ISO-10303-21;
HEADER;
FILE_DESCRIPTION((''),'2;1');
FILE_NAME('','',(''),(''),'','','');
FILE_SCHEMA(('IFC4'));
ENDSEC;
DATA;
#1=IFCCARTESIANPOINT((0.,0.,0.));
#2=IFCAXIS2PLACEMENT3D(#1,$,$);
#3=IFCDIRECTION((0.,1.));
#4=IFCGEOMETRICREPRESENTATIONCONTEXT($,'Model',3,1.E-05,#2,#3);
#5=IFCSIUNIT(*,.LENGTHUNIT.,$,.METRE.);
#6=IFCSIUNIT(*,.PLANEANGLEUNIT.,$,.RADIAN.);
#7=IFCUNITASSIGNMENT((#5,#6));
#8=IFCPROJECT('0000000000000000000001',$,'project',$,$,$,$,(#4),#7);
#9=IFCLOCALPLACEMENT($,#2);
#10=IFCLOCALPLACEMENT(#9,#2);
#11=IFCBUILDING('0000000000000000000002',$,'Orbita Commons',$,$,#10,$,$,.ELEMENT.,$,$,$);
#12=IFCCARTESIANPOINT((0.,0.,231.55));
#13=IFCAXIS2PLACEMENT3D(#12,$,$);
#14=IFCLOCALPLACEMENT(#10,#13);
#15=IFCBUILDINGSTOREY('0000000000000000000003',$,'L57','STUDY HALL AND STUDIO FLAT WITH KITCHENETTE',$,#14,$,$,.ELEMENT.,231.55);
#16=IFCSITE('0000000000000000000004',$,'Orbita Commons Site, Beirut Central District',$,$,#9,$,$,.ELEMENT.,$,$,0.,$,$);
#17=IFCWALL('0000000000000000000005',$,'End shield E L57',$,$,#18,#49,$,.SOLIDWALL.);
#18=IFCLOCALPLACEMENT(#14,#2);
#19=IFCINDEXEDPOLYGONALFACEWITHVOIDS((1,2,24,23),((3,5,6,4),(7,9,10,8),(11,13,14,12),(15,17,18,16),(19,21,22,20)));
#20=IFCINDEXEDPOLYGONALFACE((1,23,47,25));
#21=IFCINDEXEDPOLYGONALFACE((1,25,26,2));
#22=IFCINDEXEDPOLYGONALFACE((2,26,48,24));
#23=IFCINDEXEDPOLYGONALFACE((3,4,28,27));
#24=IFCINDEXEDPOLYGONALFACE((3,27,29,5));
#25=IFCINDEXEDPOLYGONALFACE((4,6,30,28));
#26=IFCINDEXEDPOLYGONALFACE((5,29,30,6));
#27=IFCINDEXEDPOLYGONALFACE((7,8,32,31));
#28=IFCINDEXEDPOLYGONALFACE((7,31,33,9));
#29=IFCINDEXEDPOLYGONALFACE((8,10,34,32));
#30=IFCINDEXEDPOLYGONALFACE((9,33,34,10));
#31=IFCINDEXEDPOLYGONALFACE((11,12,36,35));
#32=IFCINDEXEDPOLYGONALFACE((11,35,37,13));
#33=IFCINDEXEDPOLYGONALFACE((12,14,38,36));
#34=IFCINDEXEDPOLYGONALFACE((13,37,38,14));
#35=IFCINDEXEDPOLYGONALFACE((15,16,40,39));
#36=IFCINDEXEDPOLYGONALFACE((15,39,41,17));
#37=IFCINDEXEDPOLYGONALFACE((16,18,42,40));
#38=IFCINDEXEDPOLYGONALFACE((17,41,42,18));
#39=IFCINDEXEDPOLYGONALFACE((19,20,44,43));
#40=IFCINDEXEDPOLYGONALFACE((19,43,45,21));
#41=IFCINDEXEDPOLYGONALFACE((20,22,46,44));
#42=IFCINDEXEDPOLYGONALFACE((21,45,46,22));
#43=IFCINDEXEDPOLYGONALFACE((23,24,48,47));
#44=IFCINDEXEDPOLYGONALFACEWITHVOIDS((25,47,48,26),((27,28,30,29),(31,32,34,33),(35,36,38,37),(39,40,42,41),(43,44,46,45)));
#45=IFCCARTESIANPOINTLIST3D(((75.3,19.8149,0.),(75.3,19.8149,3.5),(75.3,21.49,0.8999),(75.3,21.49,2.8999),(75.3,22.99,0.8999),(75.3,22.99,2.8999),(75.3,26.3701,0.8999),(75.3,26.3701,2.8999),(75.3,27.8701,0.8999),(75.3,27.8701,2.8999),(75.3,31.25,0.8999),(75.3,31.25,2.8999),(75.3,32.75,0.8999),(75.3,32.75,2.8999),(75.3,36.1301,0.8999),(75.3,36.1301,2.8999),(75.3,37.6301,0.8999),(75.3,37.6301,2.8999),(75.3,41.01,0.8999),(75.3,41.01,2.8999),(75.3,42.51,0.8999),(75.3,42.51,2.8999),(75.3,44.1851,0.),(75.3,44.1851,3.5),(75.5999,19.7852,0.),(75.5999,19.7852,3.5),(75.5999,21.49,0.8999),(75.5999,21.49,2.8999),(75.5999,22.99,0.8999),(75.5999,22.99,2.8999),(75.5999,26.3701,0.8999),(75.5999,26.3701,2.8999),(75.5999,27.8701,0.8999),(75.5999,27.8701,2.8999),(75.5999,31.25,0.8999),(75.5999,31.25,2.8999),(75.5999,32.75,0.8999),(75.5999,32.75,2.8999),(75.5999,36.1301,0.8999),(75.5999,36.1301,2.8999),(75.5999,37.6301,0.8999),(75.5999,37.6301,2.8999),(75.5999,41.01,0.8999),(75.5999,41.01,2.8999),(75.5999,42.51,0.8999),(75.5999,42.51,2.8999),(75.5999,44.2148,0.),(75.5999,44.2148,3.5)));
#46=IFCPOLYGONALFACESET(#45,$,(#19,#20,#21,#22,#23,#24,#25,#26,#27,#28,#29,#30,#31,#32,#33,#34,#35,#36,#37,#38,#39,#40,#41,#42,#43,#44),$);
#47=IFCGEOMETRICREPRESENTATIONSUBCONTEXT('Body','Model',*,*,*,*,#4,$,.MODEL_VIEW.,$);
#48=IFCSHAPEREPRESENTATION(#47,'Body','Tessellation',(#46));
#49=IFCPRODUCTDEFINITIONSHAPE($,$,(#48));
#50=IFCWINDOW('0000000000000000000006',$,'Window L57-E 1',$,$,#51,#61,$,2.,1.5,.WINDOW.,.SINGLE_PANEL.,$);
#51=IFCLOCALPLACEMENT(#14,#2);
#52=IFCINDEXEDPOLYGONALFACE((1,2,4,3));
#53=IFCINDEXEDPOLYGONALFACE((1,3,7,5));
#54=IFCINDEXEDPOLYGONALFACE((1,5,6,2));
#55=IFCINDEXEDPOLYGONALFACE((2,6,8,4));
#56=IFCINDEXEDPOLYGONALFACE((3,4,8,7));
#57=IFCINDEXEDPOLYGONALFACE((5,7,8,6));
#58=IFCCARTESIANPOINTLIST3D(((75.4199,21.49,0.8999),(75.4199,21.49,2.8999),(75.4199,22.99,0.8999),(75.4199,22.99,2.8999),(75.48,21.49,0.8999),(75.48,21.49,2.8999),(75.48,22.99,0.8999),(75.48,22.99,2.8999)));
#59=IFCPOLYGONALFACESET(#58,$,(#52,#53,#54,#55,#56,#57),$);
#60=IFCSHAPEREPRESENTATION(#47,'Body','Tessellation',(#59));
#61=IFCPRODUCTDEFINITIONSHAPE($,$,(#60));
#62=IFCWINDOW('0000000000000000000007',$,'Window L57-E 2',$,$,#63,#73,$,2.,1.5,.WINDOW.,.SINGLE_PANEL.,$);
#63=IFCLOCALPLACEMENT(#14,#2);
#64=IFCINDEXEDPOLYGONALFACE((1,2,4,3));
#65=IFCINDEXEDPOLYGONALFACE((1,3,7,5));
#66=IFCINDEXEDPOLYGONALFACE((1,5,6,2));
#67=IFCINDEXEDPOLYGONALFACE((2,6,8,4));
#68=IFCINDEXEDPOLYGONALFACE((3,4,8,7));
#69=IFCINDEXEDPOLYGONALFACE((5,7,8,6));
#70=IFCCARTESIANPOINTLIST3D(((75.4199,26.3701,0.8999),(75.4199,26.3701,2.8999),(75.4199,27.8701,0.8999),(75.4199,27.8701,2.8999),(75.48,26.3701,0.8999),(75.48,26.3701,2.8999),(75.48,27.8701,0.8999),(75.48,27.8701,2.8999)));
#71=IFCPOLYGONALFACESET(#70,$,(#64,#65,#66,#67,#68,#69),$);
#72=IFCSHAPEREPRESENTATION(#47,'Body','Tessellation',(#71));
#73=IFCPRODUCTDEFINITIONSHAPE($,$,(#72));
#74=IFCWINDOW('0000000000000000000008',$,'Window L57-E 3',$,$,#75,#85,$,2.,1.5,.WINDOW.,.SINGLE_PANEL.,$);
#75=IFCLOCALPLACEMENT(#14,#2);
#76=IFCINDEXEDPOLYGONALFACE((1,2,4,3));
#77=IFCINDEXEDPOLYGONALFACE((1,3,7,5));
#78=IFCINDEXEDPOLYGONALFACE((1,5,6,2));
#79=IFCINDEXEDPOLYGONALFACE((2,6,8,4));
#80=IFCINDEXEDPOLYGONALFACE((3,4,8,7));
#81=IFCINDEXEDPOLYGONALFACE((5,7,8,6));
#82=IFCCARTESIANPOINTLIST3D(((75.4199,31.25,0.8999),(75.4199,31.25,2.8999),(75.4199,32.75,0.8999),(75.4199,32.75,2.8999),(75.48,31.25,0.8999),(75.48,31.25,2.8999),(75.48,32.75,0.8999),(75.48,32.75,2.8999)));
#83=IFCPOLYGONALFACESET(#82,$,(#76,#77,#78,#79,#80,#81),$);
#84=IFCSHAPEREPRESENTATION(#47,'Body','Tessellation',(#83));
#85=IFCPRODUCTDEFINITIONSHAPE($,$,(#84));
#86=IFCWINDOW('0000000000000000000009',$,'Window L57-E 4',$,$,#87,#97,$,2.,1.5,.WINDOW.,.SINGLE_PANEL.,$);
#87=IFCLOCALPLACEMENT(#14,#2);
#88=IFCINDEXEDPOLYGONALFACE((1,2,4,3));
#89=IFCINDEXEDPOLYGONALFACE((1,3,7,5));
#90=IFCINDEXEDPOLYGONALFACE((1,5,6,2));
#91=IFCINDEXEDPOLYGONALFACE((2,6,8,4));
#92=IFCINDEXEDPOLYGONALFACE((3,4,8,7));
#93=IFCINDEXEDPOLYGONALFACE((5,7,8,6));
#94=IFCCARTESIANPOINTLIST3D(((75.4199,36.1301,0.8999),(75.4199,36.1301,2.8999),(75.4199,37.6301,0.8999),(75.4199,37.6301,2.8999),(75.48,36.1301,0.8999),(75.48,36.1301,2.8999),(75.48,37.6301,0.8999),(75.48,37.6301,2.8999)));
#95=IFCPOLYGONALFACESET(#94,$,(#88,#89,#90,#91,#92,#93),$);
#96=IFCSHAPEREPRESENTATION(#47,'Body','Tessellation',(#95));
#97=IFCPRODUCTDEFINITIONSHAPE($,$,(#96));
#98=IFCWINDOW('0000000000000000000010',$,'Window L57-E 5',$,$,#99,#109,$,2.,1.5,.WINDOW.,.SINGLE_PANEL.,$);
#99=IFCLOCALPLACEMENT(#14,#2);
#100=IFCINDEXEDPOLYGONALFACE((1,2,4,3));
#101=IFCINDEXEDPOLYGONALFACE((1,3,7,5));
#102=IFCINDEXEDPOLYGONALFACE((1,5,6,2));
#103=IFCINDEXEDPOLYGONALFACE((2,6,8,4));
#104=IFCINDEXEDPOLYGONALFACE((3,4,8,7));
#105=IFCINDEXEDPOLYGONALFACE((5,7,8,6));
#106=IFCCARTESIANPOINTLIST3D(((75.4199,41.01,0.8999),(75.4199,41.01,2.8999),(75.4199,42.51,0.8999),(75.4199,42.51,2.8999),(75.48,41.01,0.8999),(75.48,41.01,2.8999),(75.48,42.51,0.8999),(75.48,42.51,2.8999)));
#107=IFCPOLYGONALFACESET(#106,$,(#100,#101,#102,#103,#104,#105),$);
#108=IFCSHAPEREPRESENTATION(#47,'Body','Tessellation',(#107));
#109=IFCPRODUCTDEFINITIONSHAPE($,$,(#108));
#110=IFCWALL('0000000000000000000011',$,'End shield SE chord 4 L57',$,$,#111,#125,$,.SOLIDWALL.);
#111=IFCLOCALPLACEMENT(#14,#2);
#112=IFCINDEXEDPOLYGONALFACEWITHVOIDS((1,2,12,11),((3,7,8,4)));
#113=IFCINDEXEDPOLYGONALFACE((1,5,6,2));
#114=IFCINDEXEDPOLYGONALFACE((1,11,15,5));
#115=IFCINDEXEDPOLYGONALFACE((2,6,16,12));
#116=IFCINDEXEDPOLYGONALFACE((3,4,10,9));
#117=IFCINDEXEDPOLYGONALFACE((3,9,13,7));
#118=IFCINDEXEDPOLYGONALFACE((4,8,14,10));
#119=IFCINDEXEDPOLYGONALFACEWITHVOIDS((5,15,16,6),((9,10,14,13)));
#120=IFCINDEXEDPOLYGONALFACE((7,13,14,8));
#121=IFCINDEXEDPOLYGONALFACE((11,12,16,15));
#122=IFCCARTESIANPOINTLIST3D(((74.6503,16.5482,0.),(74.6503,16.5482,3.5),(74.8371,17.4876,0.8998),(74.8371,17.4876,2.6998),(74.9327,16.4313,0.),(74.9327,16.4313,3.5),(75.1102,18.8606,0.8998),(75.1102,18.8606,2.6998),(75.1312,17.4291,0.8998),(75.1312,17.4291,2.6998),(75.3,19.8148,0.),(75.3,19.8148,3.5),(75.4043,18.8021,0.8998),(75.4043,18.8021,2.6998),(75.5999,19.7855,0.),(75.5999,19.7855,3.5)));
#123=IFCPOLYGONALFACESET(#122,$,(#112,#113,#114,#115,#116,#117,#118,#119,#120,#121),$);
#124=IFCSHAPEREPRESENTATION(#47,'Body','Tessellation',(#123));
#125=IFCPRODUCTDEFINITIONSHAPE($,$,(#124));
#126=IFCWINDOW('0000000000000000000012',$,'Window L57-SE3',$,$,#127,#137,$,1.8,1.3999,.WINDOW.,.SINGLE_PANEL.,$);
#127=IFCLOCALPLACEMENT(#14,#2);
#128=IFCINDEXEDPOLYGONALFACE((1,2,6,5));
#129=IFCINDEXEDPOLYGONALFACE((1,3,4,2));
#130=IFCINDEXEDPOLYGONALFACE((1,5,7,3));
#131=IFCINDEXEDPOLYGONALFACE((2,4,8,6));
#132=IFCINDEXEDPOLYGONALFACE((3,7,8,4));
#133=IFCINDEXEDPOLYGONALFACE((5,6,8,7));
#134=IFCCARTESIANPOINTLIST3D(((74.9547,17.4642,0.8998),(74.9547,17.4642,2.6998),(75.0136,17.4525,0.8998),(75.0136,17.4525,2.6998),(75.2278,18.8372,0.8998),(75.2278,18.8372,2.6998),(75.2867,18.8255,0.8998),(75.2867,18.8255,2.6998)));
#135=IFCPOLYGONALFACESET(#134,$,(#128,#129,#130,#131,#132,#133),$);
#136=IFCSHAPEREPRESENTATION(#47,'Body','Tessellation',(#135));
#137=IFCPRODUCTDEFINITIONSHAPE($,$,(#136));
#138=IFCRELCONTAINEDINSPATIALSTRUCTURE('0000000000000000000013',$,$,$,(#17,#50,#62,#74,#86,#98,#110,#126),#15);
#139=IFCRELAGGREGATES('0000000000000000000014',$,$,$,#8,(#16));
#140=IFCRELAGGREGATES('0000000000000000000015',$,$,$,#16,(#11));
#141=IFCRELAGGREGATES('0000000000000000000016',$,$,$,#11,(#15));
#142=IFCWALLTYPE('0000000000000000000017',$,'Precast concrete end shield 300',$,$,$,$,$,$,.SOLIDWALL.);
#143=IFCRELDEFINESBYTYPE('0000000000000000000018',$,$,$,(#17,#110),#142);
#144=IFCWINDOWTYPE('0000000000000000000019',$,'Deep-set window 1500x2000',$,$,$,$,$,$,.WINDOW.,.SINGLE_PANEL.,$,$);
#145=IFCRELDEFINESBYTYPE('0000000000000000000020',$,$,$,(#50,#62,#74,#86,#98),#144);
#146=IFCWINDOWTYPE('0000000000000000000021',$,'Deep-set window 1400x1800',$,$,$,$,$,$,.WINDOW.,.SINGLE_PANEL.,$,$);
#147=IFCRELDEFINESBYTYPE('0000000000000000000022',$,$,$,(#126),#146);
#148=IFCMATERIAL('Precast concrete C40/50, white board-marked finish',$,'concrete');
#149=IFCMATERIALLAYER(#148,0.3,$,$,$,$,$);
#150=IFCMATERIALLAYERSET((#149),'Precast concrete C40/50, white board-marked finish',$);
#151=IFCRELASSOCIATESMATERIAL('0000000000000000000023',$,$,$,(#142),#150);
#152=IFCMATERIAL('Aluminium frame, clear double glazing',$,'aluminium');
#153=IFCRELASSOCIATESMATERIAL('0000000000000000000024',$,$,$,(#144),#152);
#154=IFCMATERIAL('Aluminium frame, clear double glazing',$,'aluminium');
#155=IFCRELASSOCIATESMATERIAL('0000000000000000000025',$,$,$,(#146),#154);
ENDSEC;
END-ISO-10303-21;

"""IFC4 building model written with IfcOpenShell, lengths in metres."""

from ifc_helpers import new_model, si_unit, direction, frame, frame_2d, origin, place, context, subcontext, project, spatial, polyline, rectangle, outline, extrude, material, layer, layer_set, type_object, element, fill, save


model = new_model("IFC4")

# Units and contexts
model_context = context("Model", 3, precision=1e-05, world=origin(), true_north=direction((0.0, 1.0)))
body_context = subcontext(model_context, "Body", "Model", "MODEL_VIEW")
ifc_project = project(units=[si_unit("LENGTHUNIT", "METRE"), si_unit("PLANEANGLEUNIT", "RADIAN")], contexts=[model_context])

# Site, building, storey
site_placement = place(None, origin())
site = spatial("IfcSite", under=ifc_project, at=site_placement, Name="Orbita Commons Site, Beirut Central District", CompositionType="ELEMENT", RefElevation=0.0)
building_placement = place(site_placement, origin())
building = spatial("IfcBuilding", under=site, at=building_placement, Name="Orbita Commons", CompositionType="ELEMENT")
storey_placement = place(building_placement, frame((0.0, 0.0, 231.55)))
storey = spatial("IfcBuildingStorey", under=building, at=storey_placement, Name="L57", Description="STUDY HALL AND STUDIO FLAT WITH KITCHENETTE", CompositionType="ELEMENT", Elevation=231.55)

# Wall, openings, windows
ifc_material_1 = material(Name="Precast concrete C40/50, white board-marked finish", Category="concrete")
ifc_layer_1 = layer(ifc_material_1, 0.3)
ifc_layer_set_1 = layer_set([ifc_layer_1], Name="Precast concrete C40/50, white board-marked finish")
wall_type_1 = type_object("IfcWallType", Name="Precast concrete end shield 300", PredefinedType="SOLIDWALL", material=ifc_layer_set_1)
wall_1_placement = place(storey_placement, frame((75.45, 19.8, 0.0), z_axis=(0.0, 0.0, 1.0), x_axis=(0.0, 1.0, 0.0)))
wall_1 = element("IfcWall", 1, at=wall_1_placement, inside=storey, type_object=wall_type_1, Name="End shield E L57", PredefinedType="SOLIDWALL", context=body_context, shape_type="SweptSolid", body=[
    extrude(outline(polyline([(-0.0149, -0.1499), (24.4148, -0.1499), (24.385, 0.1499), (0.0149, 0.1499), (-0.0149, -0.1499)])), origin(), (0.0, 0.0, 1.0), 3.5),
])
opening_1_placement = place(wall_1_placement, frame((1.6899, 0.0, 0.8999)))
opening_1 = element("IfcOpeningElement", 2, at=opening_1_placement, cuts=wall_1, PredefinedType="OPENING", context=body_context, shape_type="SweptSolid", body=[
    extrude(rectangle(XDim=1.5, YDim=2.0, at=frame_2d((0.75, 1.0))), frame((0.0, 0.1599, 0.0), z_axis=(0.0, -1.0, 0.0), x_axis=(1.0, 0.0, 0.0)), (0.0, 0.0, 1.0), 0.3201),
])
opening_2_placement = place(wall_1_placement, frame((6.5701, 0.0, 0.8999)))
opening_2 = element("IfcOpeningElement", 3, at=opening_2_placement, cuts=wall_1, PredefinedType="OPENING", context=body_context, shape_type="SweptSolid", body=[
    extrude(rectangle(XDim=1.5, YDim=2.0, at=frame_2d((0.75, 1.0))), frame((0.0, 0.1599, 0.0), z_axis=(0.0, -1.0, 0.0), x_axis=(1.0, 0.0, 0.0)), (0.0, 0.0, 1.0), 0.3201),
])
opening_3_placement = place(wall_1_placement, frame((11.45, 0.0, 0.8999)))
opening_3 = element("IfcOpeningElement", 4, at=opening_3_placement, cuts=wall_1, PredefinedType="OPENING", context=body_context, shape_type="SweptSolid", body=[
    extrude(rectangle(XDim=1.5, YDim=2.0, at=frame_2d((0.75, 1.0))), frame((0.0, 0.1599, 0.0), z_axis=(0.0, -1.0, 0.0), x_axis=(1.0, 0.0, 0.0)), (0.0, 0.0, 1.0), 0.3201),
])
opening_4_placement = place(wall_1_placement, frame((16.3301, 0.0, 0.8999)))
opening_4 = element("IfcOpeningElement", 5, at=opening_4_placement, cuts=wall_1, PredefinedType="OPENING", context=body_context, shape_type="SweptSolid", body=[
    extrude(rectangle(XDim=1.5, YDim=2.0, at=frame_2d((0.75, 1.0))), frame((0.0, 0.1599, 0.0), z_axis=(0.0, -1.0, 0.0), x_axis=(1.0, 0.0, 0.0)), (0.0, 0.0, 1.0), 0.3201),
])
opening_5_placement = place(wall_1_placement, frame((21.21, 0.0, 0.8999)))
opening_5 = element("IfcOpeningElement", 6, at=opening_5_placement, cuts=wall_1, PredefinedType="OPENING", context=body_context, shape_type="SweptSolid", body=[
    extrude(rectangle(XDim=1.5, YDim=2.0, at=frame_2d((0.75, 1.0))), frame((0.0, 0.1599, 0.0), z_axis=(0.0, -1.0, 0.0), x_axis=(1.0, 0.0, 0.0)), (0.0, 0.0, 1.0), 0.3201),
])
ifc_material_2 = material(Name="Aluminium frame, clear double glazing", Category="aluminium")
window_type_1 = type_object("IfcWindowType", Name="Deep-set window 1500x2000", PartitioningType="SINGLE_PANEL", PredefinedType="WINDOW", material=ifc_material_2)
window_1_placement = place(opening_1_placement, origin())
window_1 = element("IfcWindow", 7, at=window_1_placement, inside=storey, type_object=window_type_1, Name="Window L57-E 1", OverallHeight=2.0, OverallWidth=1.5, PartitioningType="SINGLE_PANEL", PredefinedType="WINDOW", context=body_context, shape_type="SweptSolid", body=[
    extrude(rectangle(XDim=1.5, YDim=2.0, at=frame_2d((0.75, 1.0))), frame((0.0, 0.03, 0.0), z_axis=(0.0, -1.0, 0.0), x_axis=(1.0, 0.0, 0.0)), (0.0, 0.0, 1.0), 0.0601),
])
fill(opening_1, window_1)
window_2_placement = place(opening_2_placement, origin())
window_2 = element("IfcWindow", 8, at=window_2_placement, inside=storey, type_object=window_type_1, Name="Window L57-E 2", OverallHeight=2.0, OverallWidth=1.5, PartitioningType="SINGLE_PANEL", PredefinedType="WINDOW", context=body_context, shape_type="SweptSolid", body=[
    extrude(rectangle(XDim=1.5, YDim=2.0, at=frame_2d((0.75, 1.0))), frame((0.0, 0.03, 0.0), z_axis=(0.0, -1.0, 0.0), x_axis=(1.0, 0.0, 0.0)), (0.0, 0.0, 1.0), 0.0601),
])
fill(opening_2, window_2)
window_3_placement = place(opening_3_placement, origin())
window_3 = element("IfcWindow", 9, at=window_3_placement, inside=storey, type_object=window_type_1, Name="Window L57-E 3", OverallHeight=2.0, OverallWidth=1.5, PartitioningType="SINGLE_PANEL", PredefinedType="WINDOW", context=body_context, shape_type="SweptSolid", body=[
    extrude(rectangle(XDim=1.5, YDim=2.0, at=frame_2d((0.75, 1.0))), frame((0.0, 0.03, 0.0), z_axis=(0.0, -1.0, 0.0), x_axis=(1.0, 0.0, 0.0)), (0.0, 0.0, 1.0), 0.0601),
])
fill(opening_3, window_3)
window_4_placement = place(opening_4_placement, origin())
window_4 = element("IfcWindow", 10, at=window_4_placement, inside=storey, type_object=window_type_1, Name="Window L57-E 4", OverallHeight=2.0, OverallWidth=1.5, PartitioningType="SINGLE_PANEL", PredefinedType="WINDOW", context=body_context, shape_type="SweptSolid", body=[
    extrude(rectangle(XDim=1.5, YDim=2.0, at=frame_2d((0.75, 1.0))), frame((0.0, 0.03, 0.0), z_axis=(0.0, -1.0, 0.0), x_axis=(1.0, 0.0, 0.0)), (0.0, 0.0, 1.0), 0.0601),
])
fill(opening_4, window_4)
window_5_placement = place(opening_5_placement, origin())
window_5 = element("IfcWindow", 11, at=window_5_placement, inside=storey, type_object=window_type_1, Name="Window L57-E 5", OverallHeight=2.0, OverallWidth=1.5, PartitioningType="SINGLE_PANEL", PredefinedType="WINDOW", context=body_context, shape_type="SweptSolid", body=[
    extrude(rectangle(XDim=1.5, YDim=2.0, at=frame_2d((0.75, 1.0))), frame((0.0, 0.03, 0.0), z_axis=(0.0, -1.0, 0.0), x_axis=(1.0, 0.0, 0.0)), (0.0, 0.0, 1.0), 0.0601),
])
fill(opening_5, window_5)

# Wall, opening, window
wall_2_placement = place(storey_placement, frame((74.7915, 16.4897, 0.0), z_axis=(0.0, 0.0, 1.0), x_axis=(0.195087, 0.980786, 0.0)))
wall_2 = element("IfcWall", 12, at=wall_2_placement, inside=storey, type_object=wall_type_1, Name="End shield SE chord 4 L57", PredefinedType="SOLIDWALL", context=body_context, shape_type="SweptSolid", body=[
    extrude(outline(polyline([(-0.0298, -0.1499), (3.3901, -0.1499), (3.3604, 0.1499), (0.0298, 0.1499), (-0.0298, -0.1499)])), origin(), (0.0, 0.0, 1.0), 3.5),
])
opening_6_placement = place(wall_2_placement, frame((0.9875, 0.0, 0.8999)))
opening_6 = element("IfcOpeningElement", 13, at=opening_6_placement, cuts=wall_2, PredefinedType="OPENING", context=body_context, shape_type="SweptSolid", body=[
    extrude(rectangle(XDim=1.3999, YDim=1.8, at=frame_2d((0.7, 0.8999))), frame((0.0, 0.1599, 0.0), z_axis=(0.0, -1.0, 0.0), x_axis=(1.0, 0.0, 0.0)), (0.0, 0.0, 1.0), 0.3201),
])
ifc_material_3 = material(Name="Aluminium frame, clear double glazing", Category="aluminium")
window_type_2 = type_object("IfcWindowType", Name="Deep-set window 1400x1800", PartitioningType="SINGLE_PANEL", PredefinedType="WINDOW", material=ifc_material_3)
window_6_placement = place(opening_6_placement, origin())
window_6 = element("IfcWindow", 14, at=window_6_placement, inside=storey, type_object=window_type_2, Name="Window L57-SE3", OverallHeight=1.8, OverallWidth=1.3999, PartitioningType="SINGLE_PANEL", PredefinedType="WINDOW", context=body_context, shape_type="SweptSolid", body=[
    extrude(rectangle(XDim=1.3999, YDim=1.8, at=frame_2d((0.7, 0.8999))), frame((0.0, 0.03, 0.0), z_axis=(0.0, -1.0, 0.0), x_axis=(1.0, 0.0, 0.0)), (0.0, 0.0, 1.0), 0.0601),
])
fill(opening_6, window_6)

save(model, "model.ifc")
